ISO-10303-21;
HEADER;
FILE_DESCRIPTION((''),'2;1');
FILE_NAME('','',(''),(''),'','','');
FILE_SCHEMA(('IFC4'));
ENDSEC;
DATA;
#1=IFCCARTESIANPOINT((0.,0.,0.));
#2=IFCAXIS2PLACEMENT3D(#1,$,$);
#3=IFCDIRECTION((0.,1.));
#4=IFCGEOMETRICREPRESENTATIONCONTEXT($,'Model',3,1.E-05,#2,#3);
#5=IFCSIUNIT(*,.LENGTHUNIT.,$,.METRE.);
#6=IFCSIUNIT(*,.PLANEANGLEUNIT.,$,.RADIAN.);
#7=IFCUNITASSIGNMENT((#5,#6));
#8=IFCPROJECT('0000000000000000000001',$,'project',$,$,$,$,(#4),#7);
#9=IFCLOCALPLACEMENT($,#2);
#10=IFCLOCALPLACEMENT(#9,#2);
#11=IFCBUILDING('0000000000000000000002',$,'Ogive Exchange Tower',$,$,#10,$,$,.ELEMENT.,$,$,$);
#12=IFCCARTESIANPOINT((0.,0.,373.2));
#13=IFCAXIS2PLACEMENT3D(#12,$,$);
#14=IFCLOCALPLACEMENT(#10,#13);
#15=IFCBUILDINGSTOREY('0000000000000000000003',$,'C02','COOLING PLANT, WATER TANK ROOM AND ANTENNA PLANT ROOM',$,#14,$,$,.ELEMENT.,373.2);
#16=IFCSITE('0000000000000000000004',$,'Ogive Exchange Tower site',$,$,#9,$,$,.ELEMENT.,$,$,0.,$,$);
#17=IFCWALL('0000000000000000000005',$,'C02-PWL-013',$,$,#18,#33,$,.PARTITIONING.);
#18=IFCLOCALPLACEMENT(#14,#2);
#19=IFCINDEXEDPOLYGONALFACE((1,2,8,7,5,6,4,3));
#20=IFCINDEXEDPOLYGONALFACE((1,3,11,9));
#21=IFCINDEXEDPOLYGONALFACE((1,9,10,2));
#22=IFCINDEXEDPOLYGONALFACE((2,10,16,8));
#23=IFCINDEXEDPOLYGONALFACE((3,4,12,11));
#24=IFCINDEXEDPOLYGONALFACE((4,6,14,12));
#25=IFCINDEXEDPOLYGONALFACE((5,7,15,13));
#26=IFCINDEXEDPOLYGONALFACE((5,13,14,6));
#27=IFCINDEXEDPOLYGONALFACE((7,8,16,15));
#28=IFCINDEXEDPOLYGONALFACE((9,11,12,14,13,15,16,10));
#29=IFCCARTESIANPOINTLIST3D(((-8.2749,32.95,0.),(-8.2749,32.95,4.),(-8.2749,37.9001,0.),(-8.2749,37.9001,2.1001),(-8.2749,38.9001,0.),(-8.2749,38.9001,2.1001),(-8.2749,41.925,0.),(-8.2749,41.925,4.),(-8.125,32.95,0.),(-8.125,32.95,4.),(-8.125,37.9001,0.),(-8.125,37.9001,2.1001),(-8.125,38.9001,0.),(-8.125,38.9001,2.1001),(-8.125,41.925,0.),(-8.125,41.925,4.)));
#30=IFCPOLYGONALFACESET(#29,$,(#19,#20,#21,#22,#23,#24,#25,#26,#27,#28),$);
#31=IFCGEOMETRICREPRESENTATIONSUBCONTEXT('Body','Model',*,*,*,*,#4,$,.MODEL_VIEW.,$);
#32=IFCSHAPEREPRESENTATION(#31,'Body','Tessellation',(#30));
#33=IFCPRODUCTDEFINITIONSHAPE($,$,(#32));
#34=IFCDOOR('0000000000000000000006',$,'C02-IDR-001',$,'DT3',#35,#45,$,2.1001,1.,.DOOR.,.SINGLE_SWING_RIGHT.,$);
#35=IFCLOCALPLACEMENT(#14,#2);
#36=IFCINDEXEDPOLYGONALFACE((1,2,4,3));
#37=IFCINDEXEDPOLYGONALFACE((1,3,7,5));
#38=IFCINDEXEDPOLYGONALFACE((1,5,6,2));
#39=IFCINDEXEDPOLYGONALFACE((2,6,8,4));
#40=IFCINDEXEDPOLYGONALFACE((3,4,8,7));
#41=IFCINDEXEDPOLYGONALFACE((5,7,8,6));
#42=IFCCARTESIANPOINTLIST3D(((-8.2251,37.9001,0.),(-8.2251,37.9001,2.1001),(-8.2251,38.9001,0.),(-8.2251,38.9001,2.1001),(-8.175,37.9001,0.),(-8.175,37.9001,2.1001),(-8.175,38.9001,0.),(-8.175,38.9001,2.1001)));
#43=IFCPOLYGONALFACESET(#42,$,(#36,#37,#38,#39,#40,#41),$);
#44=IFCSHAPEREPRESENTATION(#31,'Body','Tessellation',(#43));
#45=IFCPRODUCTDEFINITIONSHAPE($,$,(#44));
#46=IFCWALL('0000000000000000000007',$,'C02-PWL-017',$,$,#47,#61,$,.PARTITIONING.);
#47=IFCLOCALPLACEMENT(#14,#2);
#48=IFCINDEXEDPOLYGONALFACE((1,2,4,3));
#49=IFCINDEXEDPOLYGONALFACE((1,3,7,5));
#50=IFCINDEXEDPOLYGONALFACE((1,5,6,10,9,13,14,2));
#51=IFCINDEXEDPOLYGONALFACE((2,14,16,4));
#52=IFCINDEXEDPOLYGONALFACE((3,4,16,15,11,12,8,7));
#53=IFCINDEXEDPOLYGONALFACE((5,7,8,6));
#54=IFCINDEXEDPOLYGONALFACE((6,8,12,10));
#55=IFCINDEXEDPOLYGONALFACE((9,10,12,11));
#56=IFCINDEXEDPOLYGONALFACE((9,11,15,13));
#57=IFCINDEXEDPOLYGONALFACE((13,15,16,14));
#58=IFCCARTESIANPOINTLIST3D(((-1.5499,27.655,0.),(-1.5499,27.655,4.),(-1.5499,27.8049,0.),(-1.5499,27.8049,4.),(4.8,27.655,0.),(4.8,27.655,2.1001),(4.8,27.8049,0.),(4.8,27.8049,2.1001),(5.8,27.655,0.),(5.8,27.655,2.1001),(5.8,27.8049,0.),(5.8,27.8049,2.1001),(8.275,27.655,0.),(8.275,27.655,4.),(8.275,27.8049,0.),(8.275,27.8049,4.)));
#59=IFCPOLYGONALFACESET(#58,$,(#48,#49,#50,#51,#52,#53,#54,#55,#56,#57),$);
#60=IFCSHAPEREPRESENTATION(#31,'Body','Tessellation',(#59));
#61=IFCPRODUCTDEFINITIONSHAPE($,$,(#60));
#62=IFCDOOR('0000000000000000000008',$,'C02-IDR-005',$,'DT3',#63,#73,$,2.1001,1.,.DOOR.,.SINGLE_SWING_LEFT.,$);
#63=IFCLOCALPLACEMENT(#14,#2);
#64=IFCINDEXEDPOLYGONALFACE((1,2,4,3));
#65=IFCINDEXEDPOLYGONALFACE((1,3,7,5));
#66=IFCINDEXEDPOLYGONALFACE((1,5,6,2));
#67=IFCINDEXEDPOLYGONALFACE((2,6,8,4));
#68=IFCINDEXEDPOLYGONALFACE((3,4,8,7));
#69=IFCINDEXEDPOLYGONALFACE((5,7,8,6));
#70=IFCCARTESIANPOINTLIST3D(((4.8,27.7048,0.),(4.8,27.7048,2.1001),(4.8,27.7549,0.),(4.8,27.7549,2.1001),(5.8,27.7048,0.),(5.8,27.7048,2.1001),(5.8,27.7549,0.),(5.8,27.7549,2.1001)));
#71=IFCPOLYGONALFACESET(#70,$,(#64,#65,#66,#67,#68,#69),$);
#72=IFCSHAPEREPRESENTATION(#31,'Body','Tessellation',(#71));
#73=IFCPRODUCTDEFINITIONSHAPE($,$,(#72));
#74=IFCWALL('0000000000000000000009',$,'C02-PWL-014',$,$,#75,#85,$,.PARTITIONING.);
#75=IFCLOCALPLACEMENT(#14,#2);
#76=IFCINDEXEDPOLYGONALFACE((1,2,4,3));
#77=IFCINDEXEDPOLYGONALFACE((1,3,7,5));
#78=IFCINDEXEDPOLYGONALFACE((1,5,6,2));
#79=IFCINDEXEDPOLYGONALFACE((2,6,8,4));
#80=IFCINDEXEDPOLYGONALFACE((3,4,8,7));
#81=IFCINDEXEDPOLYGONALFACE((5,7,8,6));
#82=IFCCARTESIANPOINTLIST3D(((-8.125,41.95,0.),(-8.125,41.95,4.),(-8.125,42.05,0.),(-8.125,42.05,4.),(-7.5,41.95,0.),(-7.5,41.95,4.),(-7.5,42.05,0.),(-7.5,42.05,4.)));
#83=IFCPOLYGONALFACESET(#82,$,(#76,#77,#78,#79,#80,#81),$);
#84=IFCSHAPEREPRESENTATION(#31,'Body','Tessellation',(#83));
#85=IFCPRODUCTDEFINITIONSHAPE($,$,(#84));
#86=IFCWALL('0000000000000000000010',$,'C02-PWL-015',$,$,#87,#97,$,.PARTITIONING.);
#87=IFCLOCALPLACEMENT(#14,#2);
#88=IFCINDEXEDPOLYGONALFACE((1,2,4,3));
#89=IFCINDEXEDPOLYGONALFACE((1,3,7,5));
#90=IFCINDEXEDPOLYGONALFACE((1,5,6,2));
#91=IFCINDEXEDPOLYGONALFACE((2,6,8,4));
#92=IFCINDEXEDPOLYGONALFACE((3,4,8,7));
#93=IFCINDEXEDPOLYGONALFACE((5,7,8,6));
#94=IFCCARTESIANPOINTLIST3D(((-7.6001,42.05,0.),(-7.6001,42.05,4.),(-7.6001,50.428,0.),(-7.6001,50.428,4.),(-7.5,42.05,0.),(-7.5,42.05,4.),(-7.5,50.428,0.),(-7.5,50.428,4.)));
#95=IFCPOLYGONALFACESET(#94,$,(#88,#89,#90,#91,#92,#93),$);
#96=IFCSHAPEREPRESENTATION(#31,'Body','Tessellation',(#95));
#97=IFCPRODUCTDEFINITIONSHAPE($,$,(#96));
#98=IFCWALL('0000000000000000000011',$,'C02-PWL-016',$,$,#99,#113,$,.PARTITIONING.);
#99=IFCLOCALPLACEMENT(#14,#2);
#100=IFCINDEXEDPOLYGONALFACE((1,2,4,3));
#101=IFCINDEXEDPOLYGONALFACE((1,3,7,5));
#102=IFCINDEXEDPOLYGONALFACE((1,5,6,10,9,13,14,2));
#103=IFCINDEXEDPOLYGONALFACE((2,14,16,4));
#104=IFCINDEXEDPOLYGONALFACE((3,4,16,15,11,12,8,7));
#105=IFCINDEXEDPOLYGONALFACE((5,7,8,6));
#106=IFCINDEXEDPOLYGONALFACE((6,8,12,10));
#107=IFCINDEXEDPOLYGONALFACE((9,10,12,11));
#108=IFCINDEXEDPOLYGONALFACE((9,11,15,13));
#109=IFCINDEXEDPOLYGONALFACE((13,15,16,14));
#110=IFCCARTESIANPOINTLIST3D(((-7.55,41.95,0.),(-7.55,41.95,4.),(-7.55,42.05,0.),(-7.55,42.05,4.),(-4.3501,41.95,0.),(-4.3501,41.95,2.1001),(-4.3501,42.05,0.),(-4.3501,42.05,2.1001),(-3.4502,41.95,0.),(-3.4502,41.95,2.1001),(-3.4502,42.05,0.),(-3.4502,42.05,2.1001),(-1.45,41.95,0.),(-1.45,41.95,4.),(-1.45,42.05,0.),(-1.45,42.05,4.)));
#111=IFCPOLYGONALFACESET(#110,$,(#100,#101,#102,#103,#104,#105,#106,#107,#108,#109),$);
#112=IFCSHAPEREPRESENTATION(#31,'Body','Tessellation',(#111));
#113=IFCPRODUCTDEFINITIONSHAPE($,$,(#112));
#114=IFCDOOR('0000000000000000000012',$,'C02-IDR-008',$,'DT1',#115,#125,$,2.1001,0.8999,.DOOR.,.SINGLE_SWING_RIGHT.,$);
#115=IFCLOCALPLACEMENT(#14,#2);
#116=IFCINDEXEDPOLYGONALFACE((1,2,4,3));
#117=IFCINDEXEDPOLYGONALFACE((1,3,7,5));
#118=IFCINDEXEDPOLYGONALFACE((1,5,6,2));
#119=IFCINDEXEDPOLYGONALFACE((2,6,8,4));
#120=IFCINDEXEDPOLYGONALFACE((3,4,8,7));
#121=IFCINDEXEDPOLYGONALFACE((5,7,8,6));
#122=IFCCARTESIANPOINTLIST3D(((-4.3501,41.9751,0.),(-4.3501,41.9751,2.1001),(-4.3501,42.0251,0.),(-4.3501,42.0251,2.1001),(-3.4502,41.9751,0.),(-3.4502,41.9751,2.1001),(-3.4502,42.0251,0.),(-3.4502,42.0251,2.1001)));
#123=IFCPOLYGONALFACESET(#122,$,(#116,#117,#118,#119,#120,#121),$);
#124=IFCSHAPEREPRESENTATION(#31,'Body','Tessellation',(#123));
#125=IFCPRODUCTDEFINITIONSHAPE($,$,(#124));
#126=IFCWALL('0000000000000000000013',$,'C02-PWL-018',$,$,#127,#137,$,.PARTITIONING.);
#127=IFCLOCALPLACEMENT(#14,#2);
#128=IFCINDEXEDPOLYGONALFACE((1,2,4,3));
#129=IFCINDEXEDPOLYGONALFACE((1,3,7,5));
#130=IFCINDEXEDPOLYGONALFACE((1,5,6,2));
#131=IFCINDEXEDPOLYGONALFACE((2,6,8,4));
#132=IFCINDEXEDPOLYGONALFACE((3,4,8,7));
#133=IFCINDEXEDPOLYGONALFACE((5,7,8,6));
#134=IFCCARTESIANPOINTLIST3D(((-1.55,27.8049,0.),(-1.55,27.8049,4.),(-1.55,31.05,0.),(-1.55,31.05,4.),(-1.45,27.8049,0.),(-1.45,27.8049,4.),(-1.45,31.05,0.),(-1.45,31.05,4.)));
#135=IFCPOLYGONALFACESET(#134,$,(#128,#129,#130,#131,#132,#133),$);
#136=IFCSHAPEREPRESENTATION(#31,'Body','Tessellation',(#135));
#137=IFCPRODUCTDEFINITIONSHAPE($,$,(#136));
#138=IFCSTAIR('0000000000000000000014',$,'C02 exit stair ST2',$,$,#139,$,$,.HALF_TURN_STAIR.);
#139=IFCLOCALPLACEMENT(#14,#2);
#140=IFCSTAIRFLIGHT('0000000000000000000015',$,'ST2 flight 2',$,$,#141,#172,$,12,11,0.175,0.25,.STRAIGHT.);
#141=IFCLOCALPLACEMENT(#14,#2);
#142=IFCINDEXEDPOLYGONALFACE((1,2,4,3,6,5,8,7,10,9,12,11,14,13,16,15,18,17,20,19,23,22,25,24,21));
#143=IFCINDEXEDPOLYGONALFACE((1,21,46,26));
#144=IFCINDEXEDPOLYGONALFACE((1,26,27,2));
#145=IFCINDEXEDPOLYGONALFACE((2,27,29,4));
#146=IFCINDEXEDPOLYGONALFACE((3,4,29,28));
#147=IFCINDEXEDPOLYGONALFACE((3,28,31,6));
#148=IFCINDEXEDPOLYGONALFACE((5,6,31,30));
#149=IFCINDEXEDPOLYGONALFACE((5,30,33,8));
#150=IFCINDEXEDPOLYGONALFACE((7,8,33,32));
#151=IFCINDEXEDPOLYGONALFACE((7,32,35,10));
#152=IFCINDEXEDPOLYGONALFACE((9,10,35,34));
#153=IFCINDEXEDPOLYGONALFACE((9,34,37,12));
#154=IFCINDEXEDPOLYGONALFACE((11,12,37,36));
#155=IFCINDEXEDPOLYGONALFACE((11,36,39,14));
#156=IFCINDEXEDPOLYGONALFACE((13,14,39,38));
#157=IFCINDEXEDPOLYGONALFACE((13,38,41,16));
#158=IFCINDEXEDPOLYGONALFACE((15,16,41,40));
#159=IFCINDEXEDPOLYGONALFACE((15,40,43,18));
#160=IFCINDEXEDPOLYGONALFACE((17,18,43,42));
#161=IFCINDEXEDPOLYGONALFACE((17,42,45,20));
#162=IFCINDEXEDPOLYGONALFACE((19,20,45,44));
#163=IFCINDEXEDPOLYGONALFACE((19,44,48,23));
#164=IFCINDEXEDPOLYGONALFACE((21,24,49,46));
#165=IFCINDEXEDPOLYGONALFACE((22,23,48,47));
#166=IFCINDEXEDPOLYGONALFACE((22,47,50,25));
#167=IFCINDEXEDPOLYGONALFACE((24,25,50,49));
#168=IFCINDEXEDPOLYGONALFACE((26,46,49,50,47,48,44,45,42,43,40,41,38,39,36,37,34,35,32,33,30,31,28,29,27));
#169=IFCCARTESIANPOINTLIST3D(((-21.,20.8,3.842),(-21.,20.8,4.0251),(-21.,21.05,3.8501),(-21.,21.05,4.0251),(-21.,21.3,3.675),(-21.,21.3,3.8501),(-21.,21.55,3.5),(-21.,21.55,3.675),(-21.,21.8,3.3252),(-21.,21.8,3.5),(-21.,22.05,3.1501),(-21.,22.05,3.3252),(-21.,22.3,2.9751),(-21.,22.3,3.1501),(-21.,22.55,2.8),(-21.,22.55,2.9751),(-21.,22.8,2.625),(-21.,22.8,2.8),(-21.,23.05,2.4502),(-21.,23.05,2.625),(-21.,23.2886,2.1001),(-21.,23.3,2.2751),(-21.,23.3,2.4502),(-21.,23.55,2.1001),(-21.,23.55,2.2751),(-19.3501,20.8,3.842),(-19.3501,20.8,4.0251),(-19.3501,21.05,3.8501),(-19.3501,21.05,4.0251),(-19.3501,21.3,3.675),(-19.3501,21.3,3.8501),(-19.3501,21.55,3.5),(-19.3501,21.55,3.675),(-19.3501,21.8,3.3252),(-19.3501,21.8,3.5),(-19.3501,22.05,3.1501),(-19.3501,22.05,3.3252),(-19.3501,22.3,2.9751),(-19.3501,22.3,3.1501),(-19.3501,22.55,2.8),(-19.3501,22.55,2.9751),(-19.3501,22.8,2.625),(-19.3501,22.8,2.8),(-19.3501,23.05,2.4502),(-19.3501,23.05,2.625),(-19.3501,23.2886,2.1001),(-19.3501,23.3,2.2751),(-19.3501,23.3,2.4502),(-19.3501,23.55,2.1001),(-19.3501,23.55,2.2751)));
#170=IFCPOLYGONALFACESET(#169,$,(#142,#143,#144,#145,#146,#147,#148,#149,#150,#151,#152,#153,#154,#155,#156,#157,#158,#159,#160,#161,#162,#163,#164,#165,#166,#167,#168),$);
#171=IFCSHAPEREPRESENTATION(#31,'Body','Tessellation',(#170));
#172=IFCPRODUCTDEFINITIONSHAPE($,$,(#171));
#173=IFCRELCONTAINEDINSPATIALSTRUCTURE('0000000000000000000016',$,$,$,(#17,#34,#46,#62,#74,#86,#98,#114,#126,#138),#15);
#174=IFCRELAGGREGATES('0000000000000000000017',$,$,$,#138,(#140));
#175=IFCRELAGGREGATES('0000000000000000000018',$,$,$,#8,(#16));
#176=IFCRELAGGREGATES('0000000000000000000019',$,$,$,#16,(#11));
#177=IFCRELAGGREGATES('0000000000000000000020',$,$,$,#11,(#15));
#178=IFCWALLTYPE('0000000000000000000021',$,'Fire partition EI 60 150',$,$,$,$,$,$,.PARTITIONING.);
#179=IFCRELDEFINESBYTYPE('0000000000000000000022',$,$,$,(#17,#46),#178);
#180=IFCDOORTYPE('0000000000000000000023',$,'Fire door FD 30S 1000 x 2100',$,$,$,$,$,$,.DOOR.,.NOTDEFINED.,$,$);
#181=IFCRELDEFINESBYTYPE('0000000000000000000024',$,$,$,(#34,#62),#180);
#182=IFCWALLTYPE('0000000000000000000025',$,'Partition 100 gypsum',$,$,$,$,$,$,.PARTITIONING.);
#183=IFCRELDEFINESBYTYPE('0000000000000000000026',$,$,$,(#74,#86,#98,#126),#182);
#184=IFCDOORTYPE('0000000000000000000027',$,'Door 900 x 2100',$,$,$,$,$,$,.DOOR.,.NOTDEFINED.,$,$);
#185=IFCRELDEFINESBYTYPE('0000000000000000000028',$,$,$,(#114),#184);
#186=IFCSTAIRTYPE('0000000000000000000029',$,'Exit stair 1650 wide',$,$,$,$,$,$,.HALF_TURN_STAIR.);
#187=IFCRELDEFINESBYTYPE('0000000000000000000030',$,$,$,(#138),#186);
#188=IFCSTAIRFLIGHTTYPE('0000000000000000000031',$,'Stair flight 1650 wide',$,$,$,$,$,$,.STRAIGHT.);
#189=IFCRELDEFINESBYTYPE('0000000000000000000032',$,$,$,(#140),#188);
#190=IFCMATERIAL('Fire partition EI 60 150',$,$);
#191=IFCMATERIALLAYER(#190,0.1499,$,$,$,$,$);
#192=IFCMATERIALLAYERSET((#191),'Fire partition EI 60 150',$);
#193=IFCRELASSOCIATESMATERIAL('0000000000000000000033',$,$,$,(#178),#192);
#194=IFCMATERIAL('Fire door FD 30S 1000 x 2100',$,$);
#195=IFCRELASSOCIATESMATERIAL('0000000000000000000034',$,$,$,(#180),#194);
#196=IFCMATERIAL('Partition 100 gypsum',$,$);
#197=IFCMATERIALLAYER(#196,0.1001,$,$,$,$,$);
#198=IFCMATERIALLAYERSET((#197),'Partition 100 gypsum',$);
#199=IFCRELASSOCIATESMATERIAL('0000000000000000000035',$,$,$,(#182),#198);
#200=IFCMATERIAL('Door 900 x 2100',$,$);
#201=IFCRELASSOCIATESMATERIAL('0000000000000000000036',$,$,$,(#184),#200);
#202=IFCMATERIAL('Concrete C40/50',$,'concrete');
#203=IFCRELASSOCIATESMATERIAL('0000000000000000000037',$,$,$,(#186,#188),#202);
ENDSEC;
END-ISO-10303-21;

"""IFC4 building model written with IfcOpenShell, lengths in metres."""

from ifc_helpers import new_model, si_unit, direction, frame, frame_2d, origin, place, context, subcontext, project, spatial, polyline, rectangle, outline, extrude, material, layer, layer_set, type_object, element, fill, aggregate, save


model = new_model("IFC4")

# Units and contexts
model_context = context("Model", 3, precision=1e-05, world=origin(), true_north=direction((0.0, 1.0)))
body_context = subcontext(model_context, "Body", "Model", "MODEL_VIEW")
ifc_project = project(units=[si_unit("LENGTHUNIT", "METRE"), si_unit("PLANEANGLEUNIT", "RADIAN")], contexts=[model_context])

# Site, building, storey
site_placement = place(None, origin())
site = spatial("IfcSite", under=ifc_project, at=site_placement, Name="Ogive Exchange Tower site", CompositionType="ELEMENT", RefElevation=0.0)
building_placement = place(site_placement, origin())
building = spatial("IfcBuilding", under=site, at=building_placement, Name="Ogive Exchange Tower", CompositionType="ELEMENT")
storey_placement = place(building_placement, frame((0.0, 0.0, 373.2)))
storey = spatial("IfcBuildingStorey", under=building, at=storey_placement, Name="C02", Description="COOLING PLANT, WATER TANK ROOM AND ANTENNA PLANT ROOM", CompositionType="ELEMENT", Elevation=373.2)

# Shared definitions
ifc_material_1 = material(Name="Fire partition EI 60 150")
ifc_layer_1 = layer(ifc_material_1, 0.1499)
ifc_layer_set_1 = layer_set([ifc_layer_1], Name="Fire partition EI 60 150")
wall_type_1 = type_object("IfcWallType", Name="Fire partition EI 60 150", PredefinedType="PARTITIONING", material=ifc_layer_set_1)

# Shared definitions
ifc_material_2 = material(Name="Fire door FD 30S 1000 x 2100")
door_type_1 = type_object("IfcDoorType", Name="Fire door FD 30S 1000 x 2100", OperationType="NOTDEFINED", PredefinedType="DOOR", material=ifc_material_2)

# Walls, openings, doors
wall_1_placement = place(storey_placement, frame((-8.2, 41.925, 0.0), z_axis=(0.0, 0.0, 1.0), x_axis=(0.0, -1.0, 0.0)))
wall_1 = element("IfcWall", 1, at=wall_1_placement, inside=storey, type_object=wall_type_1, Name="C02-PWL-013", PredefinedType="PARTITIONING", context=body_context, shape_type="SweptSolid", body=[
    extrude(rectangle(XDim=8.9751, YDim=0.1499, at=frame_2d((4.4875, 0.0))), origin(), (0.0, 0.0, 1.0), 4.0),
])
opening_1_placement = place(wall_1_placement, frame((3.0249, 0.0, 0.0)))
opening_1 = element("IfcOpeningElement", 2, at=opening_1_placement, cuts=wall_1, PredefinedType="OPENING", context=body_context, shape_type="SweptSolid", body=[
    extrude(rectangle(XDim=1.0, YDim=2.1001, at=frame_2d((0.5, 1.05))), frame((0.0, 0.085, 0.0), z_axis=(0.0, -1.0, 0.0), x_axis=(1.0, 0.0, 0.0)), (0.0, 0.0, 1.0), 0.1699),
])
door_1_placement = place(opening_1_placement, origin())
door_1 = element("IfcDoor", 3, at=door_1_placement, inside=storey, type_object=door_type_1, Name="C02-IDR-001", ObjectType="DT3", OperationType="SINGLE_SWING_RIGHT", OverallHeight=2.1001, OverallWidth=1.0, PredefinedType="DOOR", context=body_context, shape_type="SweptSolid", body=[
    extrude(rectangle(XDim=1.0, YDim=2.1001, at=frame_2d((0.5, 1.05))), frame((0.0, 0.0249, 0.0), z_axis=(0.0, -1.0, 0.0), x_axis=(1.0, 0.0, 0.0)), (0.0, 0.0, 1.0), 0.05),
])
fill(opening_1, door_1)
wall_2_placement = place(storey_placement, frame((-1.55, 27.73, 0.0), z_axis=(0.0, 0.0, 1.0), x_axis=(1.0, 0.0, 0.0)))
wall_2 = element("IfcWall", 4, at=wall_2_placement, inside=storey, type_object=wall_type_1, Name="C02-PWL-017", PredefinedType="PARTITIONING", context=body_context, shape_type="SweptSolid", body=[
    extrude(rectangle(XDim=9.825, YDim=0.1499, at=frame_2d((4.9126, 0.0))), origin(), (0.0, 0.0, 1.0), 4.0),
])
opening_2_placement = place(wall_2_placement, frame((6.3501, 0.0, 0.0)))
opening_2 = element("IfcOpeningElement", 5, at=opening_2_placement, cuts=wall_2, PredefinedType="OPENING", context=body_context, shape_type="SweptSolid", body=[
    extrude(rectangle(XDim=1.0, YDim=2.1001, at=frame_2d((0.5, 1.05))), frame((0.0, 0.085, 0.0), z_axis=(0.0, -1.0, 0.0), x_axis=(1.0, 0.0, 0.0)), (0.0, 0.0, 1.0), 0.1699),
])
door_2_placement = place(opening_2_placement, origin())
door_2 = element("IfcDoor", 6, at=door_2_placement, inside=storey, type_object=door_type_1, Name="C02-IDR-005", ObjectType="DT3", OperationType="SINGLE_SWING_LEFT", OverallHeight=2.1001, OverallWidth=1.0, PredefinedType="DOOR", context=body_context, shape_type="SweptSolid", body=[
    extrude(rectangle(XDim=1.0, YDim=2.1001, at=frame_2d((0.5, 1.05))), frame((0.0, 0.0249, 0.0), z_axis=(0.0, -1.0, 0.0), x_axis=(1.0, 0.0, 0.0)), (0.0, 0.0, 1.0), 0.05),
])
fill(opening_2, door_2)

# Walls
ifc_material_3 = material(Name="Partition 100 gypsum")
ifc_layer_2 = layer(ifc_material_3, 0.1001)
ifc_layer_set_2 = layer_set([ifc_layer_2], Name="Partition 100 gypsum")
wall_type_2 = type_object("IfcWallType", Name="Partition 100 gypsum", PredefinedType="PARTITIONING", material=ifc_layer_set_2)
wall_3_placement = place(storey_placement, frame((-8.125, 42.0, 0.0), z_axis=(0.0, 0.0, 1.0), x_axis=(1.0, 0.0, 0.0)))
element("IfcWall", 7, at=wall_3_placement, inside=storey, type_object=wall_type_2, Name="C02-PWL-014", PredefinedType="PARTITIONING", context=body_context, shape_type="SweptSolid", body=[
    extrude(rectangle(XDim=0.625, YDim=0.1001, at=frame_2d((0.3125, 0.0))), origin(), (0.0, 0.0, 1.0), 4.0),
])
wall_4_placement = place(storey_placement, frame((-7.55, 42.05, 0.0), z_axis=(0.0, 0.0, 1.0), x_axis=(0.0, 1.0, 0.0)))
element("IfcWall", 8, at=wall_4_placement, inside=storey, type_object=wall_type_2, Name="C02-PWL-015", PredefinedType="PARTITIONING", context=body_context, shape_type="SweptSolid", body=[
    extrude(rectangle(XDim=8.3779, YDim=0.1001, at=frame_2d((4.189, 0.0))), origin(), (0.0, 0.0, 1.0), 4.0),
])

# Wall, opening, door
wall_5_placement = place(storey_placement, frame((-7.55, 42.0, 0.0), z_axis=(0.0, 0.0, 1.0), x_axis=(1.0, 0.0, 0.0)))
wall_5 = element("IfcWall", 9, at=wall_5_placement, inside=storey, type_object=wall_type_2, Name="C02-PWL-016", PredefinedType="PARTITIONING", context=body_context, shape_type="SweptSolid", body=[
    extrude(rectangle(XDim=6.1001, YDim=0.1001, at=frame_2d((3.05, 0.0))), origin(), (0.0, 0.0, 1.0), 4.0),
])
opening_3_placement = place(wall_5_placement, frame((3.2, 0.0, 0.0)))
opening_3 = element("IfcOpeningElement", 10, at=opening_3_placement, cuts=wall_5, PredefinedType="OPENING", context=body_context, shape_type="SweptSolid", body=[
    extrude(rectangle(XDim=0.8999, YDim=2.1001, at=frame_2d((0.45, 1.05))), frame((0.0, 0.0601, 0.0), z_axis=(0.0, -1.0, 0.0), x_axis=(1.0, 0.0, 0.0)), (0.0, 0.0, 1.0), 0.1201),
])
ifc_material_4 = material(Name="Door 900 x 2100")
door_type_2 = type_object("IfcDoorType", Name="Door 900 x 2100", OperationType="NOTDEFINED", PredefinedType="DOOR", material=ifc_material_4)
door_3_placement = place(opening_3_placement, frame((0.8999, 0.0, 0.0), z_axis=(0.0, 0.0, 1.0), x_axis=(-1.0, 0.0, 0.0)))
door_3 = element("IfcDoor", 11, at=door_3_placement, inside=storey, type_object=door_type_2, Name="C02-IDR-008", ObjectType="DT1", OperationType="SINGLE_SWING_RIGHT", OverallHeight=2.1001, OverallWidth=0.8999, PredefinedType="DOOR", context=body_context, shape_type="SweptSolid", body=[
    extrude(rectangle(XDim=0.8999, YDim=2.1001, at=frame_2d((0.45, 1.05))), frame((0.0, 0.0249, 0.0), z_axis=(0.0, -1.0, 0.0), x_axis=(1.0, 0.0, 0.0)), (0.0, 0.0, 1.0), 0.05),
])
fill(opening_3, door_3)

# Wall
wall_6_placement = place(storey_placement, frame((-1.5, 31.05, 0.0), z_axis=(0.0, 0.0, 1.0), x_axis=(0.0, -1.0, 0.0)))
element("IfcWall", 12, at=wall_6_placement, inside=storey, type_object=wall_type_2, Name="C02-PWL-018", PredefinedType="PARTITIONING", context=body_context, shape_type="SweptSolid", body=[
    extrude(rectangle(XDim=3.2451, YDim=0.1001, at=frame_2d((1.6226, 0.0))), origin(), (0.0, 0.0, 1.0), 4.0),
])

# Stair, stair flight
ifc_material_5 = material(Name="Concrete C40/50", Category="concrete")
stair_type = type_object("IfcStairType", Name="Exit stair 1650 wide", PredefinedType="HALF_TURN_STAIR", material=ifc_material_5)
stair_placement = place(storey_placement, origin())
stair = element("IfcStair", 13, at=stair_placement, inside=storey, type_object=stair_type, Name="C02 exit stair ST2", PredefinedType="HALF_TURN_STAIR")
stair_flight_type = type_object("IfcStairFlightType", Name="Stair flight 1650 wide", PredefinedType="STRAIGHT", material=ifc_material_5)
stair_flight_placement = place(storey_placement, frame((-20.175, 23.55, 2.1001), z_axis=(0.0, 0.0, 1.0), x_axis=(0.0, -1.0, 0.0)))
stair_flight = element("IfcStairFlight", 14, at=stair_flight_placement, type_object=stair_flight_type, Name="ST2 flight 2", NumberOfRisers=12, NumberOfTreads=11, PredefinedType="STRAIGHT", RiserHeight=0.175, TreadLength=0.25, context=body_context, shape_type="SweptSolid", body=[
    extrude(outline(polyline([(0.0, 0.0), (0.0, 0.175), (0.25, 0.175), (0.25, 0.3501), (0.5, 0.3501), (0.5, 0.5249), (0.75, 0.5249), (0.75, 0.7), (1.0, 0.7), (1.0, 0.875), (1.25, 0.875), (1.25, 1.05), (1.5, 1.05), (1.5, 1.2251), (1.75, 1.2251), (1.75, 1.3999), (2.0, 1.3999), (2.0, 1.575), (2.25, 1.575), (2.25, 1.75), (2.5, 1.75), (2.5, 1.925), (2.75, 1.925), (2.75, 2.1001), (2.75, 1.7419), (0.2615, 0.0), (0.0, 0.0)])), frame((0.0, 0.825, 0.0), z_axis=(0.0, -1.0, 0.0), x_axis=(1.0, 0.0, 0.0)), (0.0, 0.0, 1.0), 1.6499),
])
aggregate(stair, [stair_flight])

save(model, "model.ifc")
